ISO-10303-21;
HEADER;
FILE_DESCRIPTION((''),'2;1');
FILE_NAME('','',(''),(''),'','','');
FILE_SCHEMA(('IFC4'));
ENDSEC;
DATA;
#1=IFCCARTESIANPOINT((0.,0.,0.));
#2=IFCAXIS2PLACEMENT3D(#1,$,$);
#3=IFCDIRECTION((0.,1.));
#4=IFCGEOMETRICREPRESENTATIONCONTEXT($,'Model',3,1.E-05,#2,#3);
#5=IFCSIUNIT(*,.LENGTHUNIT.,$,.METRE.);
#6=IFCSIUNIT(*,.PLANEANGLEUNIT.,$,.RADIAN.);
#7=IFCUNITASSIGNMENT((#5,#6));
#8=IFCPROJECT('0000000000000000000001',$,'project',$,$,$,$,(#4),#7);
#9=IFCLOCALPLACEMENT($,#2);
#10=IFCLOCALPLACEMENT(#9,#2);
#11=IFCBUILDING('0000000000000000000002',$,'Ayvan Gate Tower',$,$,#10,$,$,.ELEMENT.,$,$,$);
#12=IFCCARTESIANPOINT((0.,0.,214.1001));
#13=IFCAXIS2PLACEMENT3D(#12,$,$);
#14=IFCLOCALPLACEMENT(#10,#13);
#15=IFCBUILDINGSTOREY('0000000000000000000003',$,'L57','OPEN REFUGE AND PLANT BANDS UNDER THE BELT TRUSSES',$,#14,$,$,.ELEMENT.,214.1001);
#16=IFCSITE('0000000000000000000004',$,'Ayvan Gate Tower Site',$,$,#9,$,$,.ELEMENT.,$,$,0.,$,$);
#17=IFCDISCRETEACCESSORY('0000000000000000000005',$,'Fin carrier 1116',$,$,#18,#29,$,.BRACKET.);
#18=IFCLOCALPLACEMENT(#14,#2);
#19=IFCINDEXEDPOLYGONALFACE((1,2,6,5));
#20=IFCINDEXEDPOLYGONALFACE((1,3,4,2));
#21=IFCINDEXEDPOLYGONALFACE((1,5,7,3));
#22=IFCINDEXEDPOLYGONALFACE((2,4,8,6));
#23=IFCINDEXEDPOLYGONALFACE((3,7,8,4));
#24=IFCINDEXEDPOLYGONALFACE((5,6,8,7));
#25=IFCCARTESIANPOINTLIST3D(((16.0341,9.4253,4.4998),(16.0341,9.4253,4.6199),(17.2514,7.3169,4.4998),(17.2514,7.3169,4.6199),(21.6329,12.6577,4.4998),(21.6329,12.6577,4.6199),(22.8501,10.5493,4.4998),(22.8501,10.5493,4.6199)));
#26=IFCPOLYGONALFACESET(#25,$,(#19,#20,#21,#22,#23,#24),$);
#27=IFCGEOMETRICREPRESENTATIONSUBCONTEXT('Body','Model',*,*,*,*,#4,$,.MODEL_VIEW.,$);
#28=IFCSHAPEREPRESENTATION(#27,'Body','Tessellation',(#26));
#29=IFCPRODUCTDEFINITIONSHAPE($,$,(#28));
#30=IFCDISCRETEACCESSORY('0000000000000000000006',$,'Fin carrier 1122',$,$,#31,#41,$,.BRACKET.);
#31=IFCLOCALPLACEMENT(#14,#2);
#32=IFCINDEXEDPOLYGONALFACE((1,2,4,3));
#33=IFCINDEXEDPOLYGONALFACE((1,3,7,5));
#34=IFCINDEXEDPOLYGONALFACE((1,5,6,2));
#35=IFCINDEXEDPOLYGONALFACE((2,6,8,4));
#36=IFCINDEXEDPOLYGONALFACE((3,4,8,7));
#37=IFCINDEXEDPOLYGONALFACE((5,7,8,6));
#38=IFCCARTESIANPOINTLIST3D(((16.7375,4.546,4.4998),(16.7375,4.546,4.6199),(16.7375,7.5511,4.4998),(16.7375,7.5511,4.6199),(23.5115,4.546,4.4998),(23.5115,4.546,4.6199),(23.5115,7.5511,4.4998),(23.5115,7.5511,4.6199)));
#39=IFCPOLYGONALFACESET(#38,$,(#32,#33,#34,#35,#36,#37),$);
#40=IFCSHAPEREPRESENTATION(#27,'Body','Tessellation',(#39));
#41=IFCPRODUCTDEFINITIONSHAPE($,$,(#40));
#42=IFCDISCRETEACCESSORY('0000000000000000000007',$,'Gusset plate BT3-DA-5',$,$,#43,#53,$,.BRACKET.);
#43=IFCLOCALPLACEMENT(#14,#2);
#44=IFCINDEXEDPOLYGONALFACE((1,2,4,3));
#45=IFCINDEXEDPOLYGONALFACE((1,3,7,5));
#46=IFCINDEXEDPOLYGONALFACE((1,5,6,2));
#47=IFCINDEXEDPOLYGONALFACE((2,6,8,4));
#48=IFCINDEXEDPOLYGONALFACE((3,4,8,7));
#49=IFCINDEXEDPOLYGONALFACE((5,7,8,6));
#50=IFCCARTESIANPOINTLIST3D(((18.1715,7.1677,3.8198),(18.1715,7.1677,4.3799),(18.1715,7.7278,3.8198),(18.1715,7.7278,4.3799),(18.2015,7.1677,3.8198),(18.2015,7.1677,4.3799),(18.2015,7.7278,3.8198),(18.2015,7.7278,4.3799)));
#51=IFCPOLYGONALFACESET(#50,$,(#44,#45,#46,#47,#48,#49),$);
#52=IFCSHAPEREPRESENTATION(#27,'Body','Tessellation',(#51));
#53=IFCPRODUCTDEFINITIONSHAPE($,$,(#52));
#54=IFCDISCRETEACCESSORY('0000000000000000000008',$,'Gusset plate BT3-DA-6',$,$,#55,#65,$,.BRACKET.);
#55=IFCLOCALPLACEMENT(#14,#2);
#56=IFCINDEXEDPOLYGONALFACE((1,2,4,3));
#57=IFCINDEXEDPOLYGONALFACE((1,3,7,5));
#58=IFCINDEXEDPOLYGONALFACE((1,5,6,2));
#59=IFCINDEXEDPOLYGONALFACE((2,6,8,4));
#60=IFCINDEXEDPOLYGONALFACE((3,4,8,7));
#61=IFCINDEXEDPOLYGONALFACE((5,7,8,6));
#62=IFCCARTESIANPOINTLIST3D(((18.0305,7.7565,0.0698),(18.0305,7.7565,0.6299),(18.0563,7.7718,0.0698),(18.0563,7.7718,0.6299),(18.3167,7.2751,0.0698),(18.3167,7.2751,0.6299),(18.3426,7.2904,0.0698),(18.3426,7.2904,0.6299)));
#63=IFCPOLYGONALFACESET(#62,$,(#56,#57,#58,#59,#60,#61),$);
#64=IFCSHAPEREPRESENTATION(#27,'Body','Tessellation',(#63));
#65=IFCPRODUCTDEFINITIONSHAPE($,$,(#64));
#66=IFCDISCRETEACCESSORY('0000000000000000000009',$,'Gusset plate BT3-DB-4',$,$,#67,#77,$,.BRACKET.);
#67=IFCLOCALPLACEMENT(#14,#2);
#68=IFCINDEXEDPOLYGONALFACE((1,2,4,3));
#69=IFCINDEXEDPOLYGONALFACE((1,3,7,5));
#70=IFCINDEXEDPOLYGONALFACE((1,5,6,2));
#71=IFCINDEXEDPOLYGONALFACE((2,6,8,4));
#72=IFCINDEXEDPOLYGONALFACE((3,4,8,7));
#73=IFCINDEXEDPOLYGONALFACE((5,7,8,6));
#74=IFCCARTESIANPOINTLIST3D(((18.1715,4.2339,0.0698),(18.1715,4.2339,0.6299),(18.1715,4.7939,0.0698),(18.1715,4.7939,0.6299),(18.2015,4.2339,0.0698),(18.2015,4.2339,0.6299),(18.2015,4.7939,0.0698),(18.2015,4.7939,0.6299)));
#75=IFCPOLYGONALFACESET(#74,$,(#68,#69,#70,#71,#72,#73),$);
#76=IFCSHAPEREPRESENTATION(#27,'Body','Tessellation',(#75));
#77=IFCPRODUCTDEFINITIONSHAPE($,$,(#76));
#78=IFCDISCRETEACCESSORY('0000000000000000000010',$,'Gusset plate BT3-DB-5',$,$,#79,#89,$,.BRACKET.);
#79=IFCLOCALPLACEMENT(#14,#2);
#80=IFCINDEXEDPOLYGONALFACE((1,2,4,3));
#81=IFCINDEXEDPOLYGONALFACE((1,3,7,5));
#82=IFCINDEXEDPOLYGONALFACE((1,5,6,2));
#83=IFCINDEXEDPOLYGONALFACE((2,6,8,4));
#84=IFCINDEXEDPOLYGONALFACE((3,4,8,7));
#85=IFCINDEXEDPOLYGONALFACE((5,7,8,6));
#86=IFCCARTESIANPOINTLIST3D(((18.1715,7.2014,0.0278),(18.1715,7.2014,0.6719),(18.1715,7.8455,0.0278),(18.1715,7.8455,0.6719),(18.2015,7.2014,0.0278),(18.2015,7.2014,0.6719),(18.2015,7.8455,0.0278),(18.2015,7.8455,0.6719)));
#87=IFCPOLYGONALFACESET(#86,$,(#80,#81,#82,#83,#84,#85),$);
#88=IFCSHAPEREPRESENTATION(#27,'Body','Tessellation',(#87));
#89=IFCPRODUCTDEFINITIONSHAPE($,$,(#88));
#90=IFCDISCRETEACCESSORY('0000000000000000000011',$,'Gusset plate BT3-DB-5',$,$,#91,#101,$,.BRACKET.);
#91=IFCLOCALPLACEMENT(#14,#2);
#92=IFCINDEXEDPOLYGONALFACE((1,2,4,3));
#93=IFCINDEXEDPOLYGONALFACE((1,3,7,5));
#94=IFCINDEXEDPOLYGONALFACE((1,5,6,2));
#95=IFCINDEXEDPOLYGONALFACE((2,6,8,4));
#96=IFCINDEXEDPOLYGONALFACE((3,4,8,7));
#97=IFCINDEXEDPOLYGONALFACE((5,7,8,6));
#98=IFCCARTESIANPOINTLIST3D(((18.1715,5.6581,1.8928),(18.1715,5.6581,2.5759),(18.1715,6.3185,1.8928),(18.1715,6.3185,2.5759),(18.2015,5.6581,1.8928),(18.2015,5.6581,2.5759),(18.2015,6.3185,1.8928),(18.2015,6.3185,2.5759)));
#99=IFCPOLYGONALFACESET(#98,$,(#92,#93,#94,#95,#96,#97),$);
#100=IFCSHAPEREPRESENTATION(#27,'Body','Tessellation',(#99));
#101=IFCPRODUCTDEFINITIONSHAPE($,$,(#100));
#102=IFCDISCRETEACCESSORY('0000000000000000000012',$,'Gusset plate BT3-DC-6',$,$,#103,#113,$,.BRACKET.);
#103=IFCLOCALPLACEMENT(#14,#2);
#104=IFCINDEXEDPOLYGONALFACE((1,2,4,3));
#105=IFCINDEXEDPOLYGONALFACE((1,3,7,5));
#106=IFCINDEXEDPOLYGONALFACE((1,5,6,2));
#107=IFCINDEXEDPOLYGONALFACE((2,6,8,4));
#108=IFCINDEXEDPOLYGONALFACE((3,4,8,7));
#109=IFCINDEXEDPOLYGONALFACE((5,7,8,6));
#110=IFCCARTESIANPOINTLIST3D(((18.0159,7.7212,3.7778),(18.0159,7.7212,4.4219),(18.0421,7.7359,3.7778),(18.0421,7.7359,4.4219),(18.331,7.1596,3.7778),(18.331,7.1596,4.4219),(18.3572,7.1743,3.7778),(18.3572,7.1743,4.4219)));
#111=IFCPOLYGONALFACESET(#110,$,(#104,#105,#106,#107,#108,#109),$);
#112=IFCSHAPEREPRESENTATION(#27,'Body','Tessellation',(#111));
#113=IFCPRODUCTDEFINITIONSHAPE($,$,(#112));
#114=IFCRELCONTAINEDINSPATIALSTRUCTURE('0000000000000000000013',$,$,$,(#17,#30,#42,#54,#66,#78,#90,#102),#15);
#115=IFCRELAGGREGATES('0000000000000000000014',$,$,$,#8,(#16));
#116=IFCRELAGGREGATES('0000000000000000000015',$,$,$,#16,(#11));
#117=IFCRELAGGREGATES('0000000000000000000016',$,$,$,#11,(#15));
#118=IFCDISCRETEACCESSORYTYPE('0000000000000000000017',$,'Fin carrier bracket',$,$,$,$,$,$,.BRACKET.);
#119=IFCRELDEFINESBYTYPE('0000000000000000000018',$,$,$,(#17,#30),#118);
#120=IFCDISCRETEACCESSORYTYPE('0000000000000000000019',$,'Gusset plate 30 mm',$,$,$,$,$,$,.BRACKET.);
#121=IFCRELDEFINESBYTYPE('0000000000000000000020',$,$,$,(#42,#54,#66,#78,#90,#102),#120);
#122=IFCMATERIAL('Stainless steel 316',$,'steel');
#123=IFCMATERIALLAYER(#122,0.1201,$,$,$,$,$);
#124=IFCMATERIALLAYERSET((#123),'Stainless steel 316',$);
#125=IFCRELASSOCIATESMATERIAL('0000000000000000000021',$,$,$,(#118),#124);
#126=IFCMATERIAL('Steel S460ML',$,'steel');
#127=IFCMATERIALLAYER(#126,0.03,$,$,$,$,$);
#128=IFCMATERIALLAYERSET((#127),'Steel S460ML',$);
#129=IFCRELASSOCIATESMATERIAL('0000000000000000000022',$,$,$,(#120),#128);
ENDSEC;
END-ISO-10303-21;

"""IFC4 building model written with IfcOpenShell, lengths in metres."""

from ifc_helpers import new_model, si_unit, direction, frame, origin, origin_2d, place, context, subcontext, project, spatial, rectangle, extrude, material, layer, layer_set, type_object, element, save


model = new_model("IFC4")

# Units and contexts
model_context = context("Model", 3, precision=1e-05, world=origin(), true_north=direction((0.0, 1.0)))
body_context = subcontext(model_context, "Body", "Model", "MODEL_VIEW")
ifc_project = project(units=[si_unit("LENGTHUNIT", "METRE"), si_unit("PLANEANGLEUNIT", "RADIAN")], contexts=[model_context])

# Site, building, storey
site_placement = place(None, origin())
site = spatial("IfcSite", under=ifc_project, at=site_placement, Name="Ayvan Gate Tower Site", CompositionType="ELEMENT", RefElevation=0.0)
building_placement = place(site_placement, origin())
building = spatial("IfcBuilding", under=site, at=building_placement, Name="Ayvan Gate Tower", CompositionType="ELEMENT")
storey_placement = place(building_placement, frame((0.0, 0.0, 214.1001)))
storey = spatial("IfcBuildingStorey", under=building, at=storey_placement, Name="L57", Description="OPEN REFUGE AND PLANT BANDS UNDER THE BELT TRUSSES", CompositionType="ELEMENT", Elevation=214.1001)

# Shared definitions
ifc_material_1 = material(Name="Steel S460ML", Category="steel")

# Discrete accessories
ifc_material_2 = material(Name="Stainless steel 316", Category="steel")
ifc_layer_1 = layer(ifc_material_2, 0.1201)
ifc_layer_set_1 = layer_set([ifc_layer_1], Name="Stainless steel 316")
discrete_accessory_type_1 = type_object("IfcDiscreteAccessoryType", Name="Fin carrier bracket", PredefinedType="BRACKET", material=ifc_layer_set_1)
discrete_accessory_1_placement = place(storey_placement, frame((19.4421, 9.9873, 4.4998), z_axis=(0.0, 0.0, 1.0), x_axis=(-0.5, 0.866025, 0.0)))
element("IfcDiscreteAccessory", 1, at=discrete_accessory_1_placement, inside=storey, type_object=discrete_accessory_type_1, Name="Fin carrier 1116", PredefinedType="BRACKET", context=body_context, shape_type="SweptSolid", body=[
    extrude(rectangle(XDim=2.4346, YDim=6.4648, at=origin_2d()), origin(), (0.0, 0.0, 1.0), 0.1201),
])
discrete_accessory_2_placement = place(storey_placement, frame((20.1245, 6.0486, 4.4998), z_axis=(0.0, 0.0, 1.0), x_axis=(0.0, 1.0, 0.0)))
element("IfcDiscreteAccessory", 2, at=discrete_accessory_2_placement, inside=storey, type_object=discrete_accessory_type_1, Name="Fin carrier 1122", PredefinedType="BRACKET", context=body_context, shape_type="SweptSolid", body=[
    extrude(rectangle(XDim=3.0051, YDim=6.7739, at=origin_2d()), origin(), (0.0, 0.0, 1.0), 0.1201),
])
ifc_layer_2 = layer(ifc_material_1, 0.03)
ifc_layer_set_2 = layer_set([ifc_layer_2], Name="Steel S460ML")
discrete_accessory_type_2 = type_object("IfcDiscreteAccessoryType", Name="Gusset plate 30 mm", PredefinedType="BRACKET", material=ifc_layer_set_2)
for number, where, z_axis, x_axis, name in (
    (3, (18.1865, 7.4478, 3.8198), (0.0, 0.0, 1.0), (0.0, 1.0, 0.0), "Gusset plate BT3-DA-5"),
    (4, (18.1865, 7.5234, 0.0698), (0.0, 0.0, 1.0), (-0.51111, 0.859515, 0.0), "Gusset plate BT3-DA-6"),
    (5, (18.1865, 4.5139, 0.0698), (0.0, 0.0, 1.0), (0.0, 1.0, 0.0), "Gusset plate BT3-DB-4"),
):
    element("IfcDiscreteAccessory", number, at=place(storey_placement, frame(where, z_axis=z_axis, x_axis=x_axis)), inside=storey, type_object=discrete_accessory_type_2, Name=name, PredefinedType="BRACKET", context=body_context, shape_type="SweptSolid", body=[
        extrude(rectangle(XDim=0.5601, YDim=0.03, at=origin_2d()), origin(), (0.0, 0.0, 1.0), 0.5601),
    ])
discrete_accessory_3_placement = place(storey_placement, frame((18.1865, 7.5234, 0.0278), z_axis=(0.0, 0.0, 1.0), x_axis=(0.0, 1.0, 0.0)))
element("IfcDiscreteAccessory", 6, at=discrete_accessory_3_placement, inside=storey, type_object=discrete_accessory_type_2, Name="Gusset plate BT3-DB-5", PredefinedType="BRACKET", context=body_context, shape_type="SweptSolid", body=[
    extrude(rectangle(XDim=0.644, YDim=0.03, at=origin_2d()), origin(), (0.0, 0.0, 1.0), 0.644),
])
discrete_accessory_4_placement = place(storey_placement, frame((18.1865, 5.9883, 1.8928), z_axis=(0.0, 0.0, 1.0), x_axis=(0.0, 1.0, 0.0)))
element("IfcDiscreteAccessory", 7, at=discrete_accessory_4_placement, inside=storey, type_object=discrete_accessory_type_2, Name="Gusset plate BT3-DB-5", PredefinedType="BRACKET", context=body_context, shape_type="SweptSolid", body=[
    extrude(rectangle(XDim=0.6604, YDim=0.03, at=origin_2d()), origin(), (0.0, 0.0, 1.0), 0.6831),
])
discrete_accessory_5_placement = place(storey_placement, frame((18.1865, 7.4478, 3.7778), z_axis=(0.0, 0.0, 1.0), x_axis=(-0.489287, 0.872123, 0.0)))
element("IfcDiscreteAccessory", 8, at=discrete_accessory_5_placement, inside=storey, type_object=discrete_accessory_type_2, Name="Gusset plate BT3-DC-6", PredefinedType="BRACKET", context=body_context, shape_type="SweptSolid", body=[
    extrude(rectangle(XDim=0.644, YDim=0.03, at=origin_2d()), origin(), (0.0, 0.0, 1.0), 0.644),
])

save(model, "model.ifc")
